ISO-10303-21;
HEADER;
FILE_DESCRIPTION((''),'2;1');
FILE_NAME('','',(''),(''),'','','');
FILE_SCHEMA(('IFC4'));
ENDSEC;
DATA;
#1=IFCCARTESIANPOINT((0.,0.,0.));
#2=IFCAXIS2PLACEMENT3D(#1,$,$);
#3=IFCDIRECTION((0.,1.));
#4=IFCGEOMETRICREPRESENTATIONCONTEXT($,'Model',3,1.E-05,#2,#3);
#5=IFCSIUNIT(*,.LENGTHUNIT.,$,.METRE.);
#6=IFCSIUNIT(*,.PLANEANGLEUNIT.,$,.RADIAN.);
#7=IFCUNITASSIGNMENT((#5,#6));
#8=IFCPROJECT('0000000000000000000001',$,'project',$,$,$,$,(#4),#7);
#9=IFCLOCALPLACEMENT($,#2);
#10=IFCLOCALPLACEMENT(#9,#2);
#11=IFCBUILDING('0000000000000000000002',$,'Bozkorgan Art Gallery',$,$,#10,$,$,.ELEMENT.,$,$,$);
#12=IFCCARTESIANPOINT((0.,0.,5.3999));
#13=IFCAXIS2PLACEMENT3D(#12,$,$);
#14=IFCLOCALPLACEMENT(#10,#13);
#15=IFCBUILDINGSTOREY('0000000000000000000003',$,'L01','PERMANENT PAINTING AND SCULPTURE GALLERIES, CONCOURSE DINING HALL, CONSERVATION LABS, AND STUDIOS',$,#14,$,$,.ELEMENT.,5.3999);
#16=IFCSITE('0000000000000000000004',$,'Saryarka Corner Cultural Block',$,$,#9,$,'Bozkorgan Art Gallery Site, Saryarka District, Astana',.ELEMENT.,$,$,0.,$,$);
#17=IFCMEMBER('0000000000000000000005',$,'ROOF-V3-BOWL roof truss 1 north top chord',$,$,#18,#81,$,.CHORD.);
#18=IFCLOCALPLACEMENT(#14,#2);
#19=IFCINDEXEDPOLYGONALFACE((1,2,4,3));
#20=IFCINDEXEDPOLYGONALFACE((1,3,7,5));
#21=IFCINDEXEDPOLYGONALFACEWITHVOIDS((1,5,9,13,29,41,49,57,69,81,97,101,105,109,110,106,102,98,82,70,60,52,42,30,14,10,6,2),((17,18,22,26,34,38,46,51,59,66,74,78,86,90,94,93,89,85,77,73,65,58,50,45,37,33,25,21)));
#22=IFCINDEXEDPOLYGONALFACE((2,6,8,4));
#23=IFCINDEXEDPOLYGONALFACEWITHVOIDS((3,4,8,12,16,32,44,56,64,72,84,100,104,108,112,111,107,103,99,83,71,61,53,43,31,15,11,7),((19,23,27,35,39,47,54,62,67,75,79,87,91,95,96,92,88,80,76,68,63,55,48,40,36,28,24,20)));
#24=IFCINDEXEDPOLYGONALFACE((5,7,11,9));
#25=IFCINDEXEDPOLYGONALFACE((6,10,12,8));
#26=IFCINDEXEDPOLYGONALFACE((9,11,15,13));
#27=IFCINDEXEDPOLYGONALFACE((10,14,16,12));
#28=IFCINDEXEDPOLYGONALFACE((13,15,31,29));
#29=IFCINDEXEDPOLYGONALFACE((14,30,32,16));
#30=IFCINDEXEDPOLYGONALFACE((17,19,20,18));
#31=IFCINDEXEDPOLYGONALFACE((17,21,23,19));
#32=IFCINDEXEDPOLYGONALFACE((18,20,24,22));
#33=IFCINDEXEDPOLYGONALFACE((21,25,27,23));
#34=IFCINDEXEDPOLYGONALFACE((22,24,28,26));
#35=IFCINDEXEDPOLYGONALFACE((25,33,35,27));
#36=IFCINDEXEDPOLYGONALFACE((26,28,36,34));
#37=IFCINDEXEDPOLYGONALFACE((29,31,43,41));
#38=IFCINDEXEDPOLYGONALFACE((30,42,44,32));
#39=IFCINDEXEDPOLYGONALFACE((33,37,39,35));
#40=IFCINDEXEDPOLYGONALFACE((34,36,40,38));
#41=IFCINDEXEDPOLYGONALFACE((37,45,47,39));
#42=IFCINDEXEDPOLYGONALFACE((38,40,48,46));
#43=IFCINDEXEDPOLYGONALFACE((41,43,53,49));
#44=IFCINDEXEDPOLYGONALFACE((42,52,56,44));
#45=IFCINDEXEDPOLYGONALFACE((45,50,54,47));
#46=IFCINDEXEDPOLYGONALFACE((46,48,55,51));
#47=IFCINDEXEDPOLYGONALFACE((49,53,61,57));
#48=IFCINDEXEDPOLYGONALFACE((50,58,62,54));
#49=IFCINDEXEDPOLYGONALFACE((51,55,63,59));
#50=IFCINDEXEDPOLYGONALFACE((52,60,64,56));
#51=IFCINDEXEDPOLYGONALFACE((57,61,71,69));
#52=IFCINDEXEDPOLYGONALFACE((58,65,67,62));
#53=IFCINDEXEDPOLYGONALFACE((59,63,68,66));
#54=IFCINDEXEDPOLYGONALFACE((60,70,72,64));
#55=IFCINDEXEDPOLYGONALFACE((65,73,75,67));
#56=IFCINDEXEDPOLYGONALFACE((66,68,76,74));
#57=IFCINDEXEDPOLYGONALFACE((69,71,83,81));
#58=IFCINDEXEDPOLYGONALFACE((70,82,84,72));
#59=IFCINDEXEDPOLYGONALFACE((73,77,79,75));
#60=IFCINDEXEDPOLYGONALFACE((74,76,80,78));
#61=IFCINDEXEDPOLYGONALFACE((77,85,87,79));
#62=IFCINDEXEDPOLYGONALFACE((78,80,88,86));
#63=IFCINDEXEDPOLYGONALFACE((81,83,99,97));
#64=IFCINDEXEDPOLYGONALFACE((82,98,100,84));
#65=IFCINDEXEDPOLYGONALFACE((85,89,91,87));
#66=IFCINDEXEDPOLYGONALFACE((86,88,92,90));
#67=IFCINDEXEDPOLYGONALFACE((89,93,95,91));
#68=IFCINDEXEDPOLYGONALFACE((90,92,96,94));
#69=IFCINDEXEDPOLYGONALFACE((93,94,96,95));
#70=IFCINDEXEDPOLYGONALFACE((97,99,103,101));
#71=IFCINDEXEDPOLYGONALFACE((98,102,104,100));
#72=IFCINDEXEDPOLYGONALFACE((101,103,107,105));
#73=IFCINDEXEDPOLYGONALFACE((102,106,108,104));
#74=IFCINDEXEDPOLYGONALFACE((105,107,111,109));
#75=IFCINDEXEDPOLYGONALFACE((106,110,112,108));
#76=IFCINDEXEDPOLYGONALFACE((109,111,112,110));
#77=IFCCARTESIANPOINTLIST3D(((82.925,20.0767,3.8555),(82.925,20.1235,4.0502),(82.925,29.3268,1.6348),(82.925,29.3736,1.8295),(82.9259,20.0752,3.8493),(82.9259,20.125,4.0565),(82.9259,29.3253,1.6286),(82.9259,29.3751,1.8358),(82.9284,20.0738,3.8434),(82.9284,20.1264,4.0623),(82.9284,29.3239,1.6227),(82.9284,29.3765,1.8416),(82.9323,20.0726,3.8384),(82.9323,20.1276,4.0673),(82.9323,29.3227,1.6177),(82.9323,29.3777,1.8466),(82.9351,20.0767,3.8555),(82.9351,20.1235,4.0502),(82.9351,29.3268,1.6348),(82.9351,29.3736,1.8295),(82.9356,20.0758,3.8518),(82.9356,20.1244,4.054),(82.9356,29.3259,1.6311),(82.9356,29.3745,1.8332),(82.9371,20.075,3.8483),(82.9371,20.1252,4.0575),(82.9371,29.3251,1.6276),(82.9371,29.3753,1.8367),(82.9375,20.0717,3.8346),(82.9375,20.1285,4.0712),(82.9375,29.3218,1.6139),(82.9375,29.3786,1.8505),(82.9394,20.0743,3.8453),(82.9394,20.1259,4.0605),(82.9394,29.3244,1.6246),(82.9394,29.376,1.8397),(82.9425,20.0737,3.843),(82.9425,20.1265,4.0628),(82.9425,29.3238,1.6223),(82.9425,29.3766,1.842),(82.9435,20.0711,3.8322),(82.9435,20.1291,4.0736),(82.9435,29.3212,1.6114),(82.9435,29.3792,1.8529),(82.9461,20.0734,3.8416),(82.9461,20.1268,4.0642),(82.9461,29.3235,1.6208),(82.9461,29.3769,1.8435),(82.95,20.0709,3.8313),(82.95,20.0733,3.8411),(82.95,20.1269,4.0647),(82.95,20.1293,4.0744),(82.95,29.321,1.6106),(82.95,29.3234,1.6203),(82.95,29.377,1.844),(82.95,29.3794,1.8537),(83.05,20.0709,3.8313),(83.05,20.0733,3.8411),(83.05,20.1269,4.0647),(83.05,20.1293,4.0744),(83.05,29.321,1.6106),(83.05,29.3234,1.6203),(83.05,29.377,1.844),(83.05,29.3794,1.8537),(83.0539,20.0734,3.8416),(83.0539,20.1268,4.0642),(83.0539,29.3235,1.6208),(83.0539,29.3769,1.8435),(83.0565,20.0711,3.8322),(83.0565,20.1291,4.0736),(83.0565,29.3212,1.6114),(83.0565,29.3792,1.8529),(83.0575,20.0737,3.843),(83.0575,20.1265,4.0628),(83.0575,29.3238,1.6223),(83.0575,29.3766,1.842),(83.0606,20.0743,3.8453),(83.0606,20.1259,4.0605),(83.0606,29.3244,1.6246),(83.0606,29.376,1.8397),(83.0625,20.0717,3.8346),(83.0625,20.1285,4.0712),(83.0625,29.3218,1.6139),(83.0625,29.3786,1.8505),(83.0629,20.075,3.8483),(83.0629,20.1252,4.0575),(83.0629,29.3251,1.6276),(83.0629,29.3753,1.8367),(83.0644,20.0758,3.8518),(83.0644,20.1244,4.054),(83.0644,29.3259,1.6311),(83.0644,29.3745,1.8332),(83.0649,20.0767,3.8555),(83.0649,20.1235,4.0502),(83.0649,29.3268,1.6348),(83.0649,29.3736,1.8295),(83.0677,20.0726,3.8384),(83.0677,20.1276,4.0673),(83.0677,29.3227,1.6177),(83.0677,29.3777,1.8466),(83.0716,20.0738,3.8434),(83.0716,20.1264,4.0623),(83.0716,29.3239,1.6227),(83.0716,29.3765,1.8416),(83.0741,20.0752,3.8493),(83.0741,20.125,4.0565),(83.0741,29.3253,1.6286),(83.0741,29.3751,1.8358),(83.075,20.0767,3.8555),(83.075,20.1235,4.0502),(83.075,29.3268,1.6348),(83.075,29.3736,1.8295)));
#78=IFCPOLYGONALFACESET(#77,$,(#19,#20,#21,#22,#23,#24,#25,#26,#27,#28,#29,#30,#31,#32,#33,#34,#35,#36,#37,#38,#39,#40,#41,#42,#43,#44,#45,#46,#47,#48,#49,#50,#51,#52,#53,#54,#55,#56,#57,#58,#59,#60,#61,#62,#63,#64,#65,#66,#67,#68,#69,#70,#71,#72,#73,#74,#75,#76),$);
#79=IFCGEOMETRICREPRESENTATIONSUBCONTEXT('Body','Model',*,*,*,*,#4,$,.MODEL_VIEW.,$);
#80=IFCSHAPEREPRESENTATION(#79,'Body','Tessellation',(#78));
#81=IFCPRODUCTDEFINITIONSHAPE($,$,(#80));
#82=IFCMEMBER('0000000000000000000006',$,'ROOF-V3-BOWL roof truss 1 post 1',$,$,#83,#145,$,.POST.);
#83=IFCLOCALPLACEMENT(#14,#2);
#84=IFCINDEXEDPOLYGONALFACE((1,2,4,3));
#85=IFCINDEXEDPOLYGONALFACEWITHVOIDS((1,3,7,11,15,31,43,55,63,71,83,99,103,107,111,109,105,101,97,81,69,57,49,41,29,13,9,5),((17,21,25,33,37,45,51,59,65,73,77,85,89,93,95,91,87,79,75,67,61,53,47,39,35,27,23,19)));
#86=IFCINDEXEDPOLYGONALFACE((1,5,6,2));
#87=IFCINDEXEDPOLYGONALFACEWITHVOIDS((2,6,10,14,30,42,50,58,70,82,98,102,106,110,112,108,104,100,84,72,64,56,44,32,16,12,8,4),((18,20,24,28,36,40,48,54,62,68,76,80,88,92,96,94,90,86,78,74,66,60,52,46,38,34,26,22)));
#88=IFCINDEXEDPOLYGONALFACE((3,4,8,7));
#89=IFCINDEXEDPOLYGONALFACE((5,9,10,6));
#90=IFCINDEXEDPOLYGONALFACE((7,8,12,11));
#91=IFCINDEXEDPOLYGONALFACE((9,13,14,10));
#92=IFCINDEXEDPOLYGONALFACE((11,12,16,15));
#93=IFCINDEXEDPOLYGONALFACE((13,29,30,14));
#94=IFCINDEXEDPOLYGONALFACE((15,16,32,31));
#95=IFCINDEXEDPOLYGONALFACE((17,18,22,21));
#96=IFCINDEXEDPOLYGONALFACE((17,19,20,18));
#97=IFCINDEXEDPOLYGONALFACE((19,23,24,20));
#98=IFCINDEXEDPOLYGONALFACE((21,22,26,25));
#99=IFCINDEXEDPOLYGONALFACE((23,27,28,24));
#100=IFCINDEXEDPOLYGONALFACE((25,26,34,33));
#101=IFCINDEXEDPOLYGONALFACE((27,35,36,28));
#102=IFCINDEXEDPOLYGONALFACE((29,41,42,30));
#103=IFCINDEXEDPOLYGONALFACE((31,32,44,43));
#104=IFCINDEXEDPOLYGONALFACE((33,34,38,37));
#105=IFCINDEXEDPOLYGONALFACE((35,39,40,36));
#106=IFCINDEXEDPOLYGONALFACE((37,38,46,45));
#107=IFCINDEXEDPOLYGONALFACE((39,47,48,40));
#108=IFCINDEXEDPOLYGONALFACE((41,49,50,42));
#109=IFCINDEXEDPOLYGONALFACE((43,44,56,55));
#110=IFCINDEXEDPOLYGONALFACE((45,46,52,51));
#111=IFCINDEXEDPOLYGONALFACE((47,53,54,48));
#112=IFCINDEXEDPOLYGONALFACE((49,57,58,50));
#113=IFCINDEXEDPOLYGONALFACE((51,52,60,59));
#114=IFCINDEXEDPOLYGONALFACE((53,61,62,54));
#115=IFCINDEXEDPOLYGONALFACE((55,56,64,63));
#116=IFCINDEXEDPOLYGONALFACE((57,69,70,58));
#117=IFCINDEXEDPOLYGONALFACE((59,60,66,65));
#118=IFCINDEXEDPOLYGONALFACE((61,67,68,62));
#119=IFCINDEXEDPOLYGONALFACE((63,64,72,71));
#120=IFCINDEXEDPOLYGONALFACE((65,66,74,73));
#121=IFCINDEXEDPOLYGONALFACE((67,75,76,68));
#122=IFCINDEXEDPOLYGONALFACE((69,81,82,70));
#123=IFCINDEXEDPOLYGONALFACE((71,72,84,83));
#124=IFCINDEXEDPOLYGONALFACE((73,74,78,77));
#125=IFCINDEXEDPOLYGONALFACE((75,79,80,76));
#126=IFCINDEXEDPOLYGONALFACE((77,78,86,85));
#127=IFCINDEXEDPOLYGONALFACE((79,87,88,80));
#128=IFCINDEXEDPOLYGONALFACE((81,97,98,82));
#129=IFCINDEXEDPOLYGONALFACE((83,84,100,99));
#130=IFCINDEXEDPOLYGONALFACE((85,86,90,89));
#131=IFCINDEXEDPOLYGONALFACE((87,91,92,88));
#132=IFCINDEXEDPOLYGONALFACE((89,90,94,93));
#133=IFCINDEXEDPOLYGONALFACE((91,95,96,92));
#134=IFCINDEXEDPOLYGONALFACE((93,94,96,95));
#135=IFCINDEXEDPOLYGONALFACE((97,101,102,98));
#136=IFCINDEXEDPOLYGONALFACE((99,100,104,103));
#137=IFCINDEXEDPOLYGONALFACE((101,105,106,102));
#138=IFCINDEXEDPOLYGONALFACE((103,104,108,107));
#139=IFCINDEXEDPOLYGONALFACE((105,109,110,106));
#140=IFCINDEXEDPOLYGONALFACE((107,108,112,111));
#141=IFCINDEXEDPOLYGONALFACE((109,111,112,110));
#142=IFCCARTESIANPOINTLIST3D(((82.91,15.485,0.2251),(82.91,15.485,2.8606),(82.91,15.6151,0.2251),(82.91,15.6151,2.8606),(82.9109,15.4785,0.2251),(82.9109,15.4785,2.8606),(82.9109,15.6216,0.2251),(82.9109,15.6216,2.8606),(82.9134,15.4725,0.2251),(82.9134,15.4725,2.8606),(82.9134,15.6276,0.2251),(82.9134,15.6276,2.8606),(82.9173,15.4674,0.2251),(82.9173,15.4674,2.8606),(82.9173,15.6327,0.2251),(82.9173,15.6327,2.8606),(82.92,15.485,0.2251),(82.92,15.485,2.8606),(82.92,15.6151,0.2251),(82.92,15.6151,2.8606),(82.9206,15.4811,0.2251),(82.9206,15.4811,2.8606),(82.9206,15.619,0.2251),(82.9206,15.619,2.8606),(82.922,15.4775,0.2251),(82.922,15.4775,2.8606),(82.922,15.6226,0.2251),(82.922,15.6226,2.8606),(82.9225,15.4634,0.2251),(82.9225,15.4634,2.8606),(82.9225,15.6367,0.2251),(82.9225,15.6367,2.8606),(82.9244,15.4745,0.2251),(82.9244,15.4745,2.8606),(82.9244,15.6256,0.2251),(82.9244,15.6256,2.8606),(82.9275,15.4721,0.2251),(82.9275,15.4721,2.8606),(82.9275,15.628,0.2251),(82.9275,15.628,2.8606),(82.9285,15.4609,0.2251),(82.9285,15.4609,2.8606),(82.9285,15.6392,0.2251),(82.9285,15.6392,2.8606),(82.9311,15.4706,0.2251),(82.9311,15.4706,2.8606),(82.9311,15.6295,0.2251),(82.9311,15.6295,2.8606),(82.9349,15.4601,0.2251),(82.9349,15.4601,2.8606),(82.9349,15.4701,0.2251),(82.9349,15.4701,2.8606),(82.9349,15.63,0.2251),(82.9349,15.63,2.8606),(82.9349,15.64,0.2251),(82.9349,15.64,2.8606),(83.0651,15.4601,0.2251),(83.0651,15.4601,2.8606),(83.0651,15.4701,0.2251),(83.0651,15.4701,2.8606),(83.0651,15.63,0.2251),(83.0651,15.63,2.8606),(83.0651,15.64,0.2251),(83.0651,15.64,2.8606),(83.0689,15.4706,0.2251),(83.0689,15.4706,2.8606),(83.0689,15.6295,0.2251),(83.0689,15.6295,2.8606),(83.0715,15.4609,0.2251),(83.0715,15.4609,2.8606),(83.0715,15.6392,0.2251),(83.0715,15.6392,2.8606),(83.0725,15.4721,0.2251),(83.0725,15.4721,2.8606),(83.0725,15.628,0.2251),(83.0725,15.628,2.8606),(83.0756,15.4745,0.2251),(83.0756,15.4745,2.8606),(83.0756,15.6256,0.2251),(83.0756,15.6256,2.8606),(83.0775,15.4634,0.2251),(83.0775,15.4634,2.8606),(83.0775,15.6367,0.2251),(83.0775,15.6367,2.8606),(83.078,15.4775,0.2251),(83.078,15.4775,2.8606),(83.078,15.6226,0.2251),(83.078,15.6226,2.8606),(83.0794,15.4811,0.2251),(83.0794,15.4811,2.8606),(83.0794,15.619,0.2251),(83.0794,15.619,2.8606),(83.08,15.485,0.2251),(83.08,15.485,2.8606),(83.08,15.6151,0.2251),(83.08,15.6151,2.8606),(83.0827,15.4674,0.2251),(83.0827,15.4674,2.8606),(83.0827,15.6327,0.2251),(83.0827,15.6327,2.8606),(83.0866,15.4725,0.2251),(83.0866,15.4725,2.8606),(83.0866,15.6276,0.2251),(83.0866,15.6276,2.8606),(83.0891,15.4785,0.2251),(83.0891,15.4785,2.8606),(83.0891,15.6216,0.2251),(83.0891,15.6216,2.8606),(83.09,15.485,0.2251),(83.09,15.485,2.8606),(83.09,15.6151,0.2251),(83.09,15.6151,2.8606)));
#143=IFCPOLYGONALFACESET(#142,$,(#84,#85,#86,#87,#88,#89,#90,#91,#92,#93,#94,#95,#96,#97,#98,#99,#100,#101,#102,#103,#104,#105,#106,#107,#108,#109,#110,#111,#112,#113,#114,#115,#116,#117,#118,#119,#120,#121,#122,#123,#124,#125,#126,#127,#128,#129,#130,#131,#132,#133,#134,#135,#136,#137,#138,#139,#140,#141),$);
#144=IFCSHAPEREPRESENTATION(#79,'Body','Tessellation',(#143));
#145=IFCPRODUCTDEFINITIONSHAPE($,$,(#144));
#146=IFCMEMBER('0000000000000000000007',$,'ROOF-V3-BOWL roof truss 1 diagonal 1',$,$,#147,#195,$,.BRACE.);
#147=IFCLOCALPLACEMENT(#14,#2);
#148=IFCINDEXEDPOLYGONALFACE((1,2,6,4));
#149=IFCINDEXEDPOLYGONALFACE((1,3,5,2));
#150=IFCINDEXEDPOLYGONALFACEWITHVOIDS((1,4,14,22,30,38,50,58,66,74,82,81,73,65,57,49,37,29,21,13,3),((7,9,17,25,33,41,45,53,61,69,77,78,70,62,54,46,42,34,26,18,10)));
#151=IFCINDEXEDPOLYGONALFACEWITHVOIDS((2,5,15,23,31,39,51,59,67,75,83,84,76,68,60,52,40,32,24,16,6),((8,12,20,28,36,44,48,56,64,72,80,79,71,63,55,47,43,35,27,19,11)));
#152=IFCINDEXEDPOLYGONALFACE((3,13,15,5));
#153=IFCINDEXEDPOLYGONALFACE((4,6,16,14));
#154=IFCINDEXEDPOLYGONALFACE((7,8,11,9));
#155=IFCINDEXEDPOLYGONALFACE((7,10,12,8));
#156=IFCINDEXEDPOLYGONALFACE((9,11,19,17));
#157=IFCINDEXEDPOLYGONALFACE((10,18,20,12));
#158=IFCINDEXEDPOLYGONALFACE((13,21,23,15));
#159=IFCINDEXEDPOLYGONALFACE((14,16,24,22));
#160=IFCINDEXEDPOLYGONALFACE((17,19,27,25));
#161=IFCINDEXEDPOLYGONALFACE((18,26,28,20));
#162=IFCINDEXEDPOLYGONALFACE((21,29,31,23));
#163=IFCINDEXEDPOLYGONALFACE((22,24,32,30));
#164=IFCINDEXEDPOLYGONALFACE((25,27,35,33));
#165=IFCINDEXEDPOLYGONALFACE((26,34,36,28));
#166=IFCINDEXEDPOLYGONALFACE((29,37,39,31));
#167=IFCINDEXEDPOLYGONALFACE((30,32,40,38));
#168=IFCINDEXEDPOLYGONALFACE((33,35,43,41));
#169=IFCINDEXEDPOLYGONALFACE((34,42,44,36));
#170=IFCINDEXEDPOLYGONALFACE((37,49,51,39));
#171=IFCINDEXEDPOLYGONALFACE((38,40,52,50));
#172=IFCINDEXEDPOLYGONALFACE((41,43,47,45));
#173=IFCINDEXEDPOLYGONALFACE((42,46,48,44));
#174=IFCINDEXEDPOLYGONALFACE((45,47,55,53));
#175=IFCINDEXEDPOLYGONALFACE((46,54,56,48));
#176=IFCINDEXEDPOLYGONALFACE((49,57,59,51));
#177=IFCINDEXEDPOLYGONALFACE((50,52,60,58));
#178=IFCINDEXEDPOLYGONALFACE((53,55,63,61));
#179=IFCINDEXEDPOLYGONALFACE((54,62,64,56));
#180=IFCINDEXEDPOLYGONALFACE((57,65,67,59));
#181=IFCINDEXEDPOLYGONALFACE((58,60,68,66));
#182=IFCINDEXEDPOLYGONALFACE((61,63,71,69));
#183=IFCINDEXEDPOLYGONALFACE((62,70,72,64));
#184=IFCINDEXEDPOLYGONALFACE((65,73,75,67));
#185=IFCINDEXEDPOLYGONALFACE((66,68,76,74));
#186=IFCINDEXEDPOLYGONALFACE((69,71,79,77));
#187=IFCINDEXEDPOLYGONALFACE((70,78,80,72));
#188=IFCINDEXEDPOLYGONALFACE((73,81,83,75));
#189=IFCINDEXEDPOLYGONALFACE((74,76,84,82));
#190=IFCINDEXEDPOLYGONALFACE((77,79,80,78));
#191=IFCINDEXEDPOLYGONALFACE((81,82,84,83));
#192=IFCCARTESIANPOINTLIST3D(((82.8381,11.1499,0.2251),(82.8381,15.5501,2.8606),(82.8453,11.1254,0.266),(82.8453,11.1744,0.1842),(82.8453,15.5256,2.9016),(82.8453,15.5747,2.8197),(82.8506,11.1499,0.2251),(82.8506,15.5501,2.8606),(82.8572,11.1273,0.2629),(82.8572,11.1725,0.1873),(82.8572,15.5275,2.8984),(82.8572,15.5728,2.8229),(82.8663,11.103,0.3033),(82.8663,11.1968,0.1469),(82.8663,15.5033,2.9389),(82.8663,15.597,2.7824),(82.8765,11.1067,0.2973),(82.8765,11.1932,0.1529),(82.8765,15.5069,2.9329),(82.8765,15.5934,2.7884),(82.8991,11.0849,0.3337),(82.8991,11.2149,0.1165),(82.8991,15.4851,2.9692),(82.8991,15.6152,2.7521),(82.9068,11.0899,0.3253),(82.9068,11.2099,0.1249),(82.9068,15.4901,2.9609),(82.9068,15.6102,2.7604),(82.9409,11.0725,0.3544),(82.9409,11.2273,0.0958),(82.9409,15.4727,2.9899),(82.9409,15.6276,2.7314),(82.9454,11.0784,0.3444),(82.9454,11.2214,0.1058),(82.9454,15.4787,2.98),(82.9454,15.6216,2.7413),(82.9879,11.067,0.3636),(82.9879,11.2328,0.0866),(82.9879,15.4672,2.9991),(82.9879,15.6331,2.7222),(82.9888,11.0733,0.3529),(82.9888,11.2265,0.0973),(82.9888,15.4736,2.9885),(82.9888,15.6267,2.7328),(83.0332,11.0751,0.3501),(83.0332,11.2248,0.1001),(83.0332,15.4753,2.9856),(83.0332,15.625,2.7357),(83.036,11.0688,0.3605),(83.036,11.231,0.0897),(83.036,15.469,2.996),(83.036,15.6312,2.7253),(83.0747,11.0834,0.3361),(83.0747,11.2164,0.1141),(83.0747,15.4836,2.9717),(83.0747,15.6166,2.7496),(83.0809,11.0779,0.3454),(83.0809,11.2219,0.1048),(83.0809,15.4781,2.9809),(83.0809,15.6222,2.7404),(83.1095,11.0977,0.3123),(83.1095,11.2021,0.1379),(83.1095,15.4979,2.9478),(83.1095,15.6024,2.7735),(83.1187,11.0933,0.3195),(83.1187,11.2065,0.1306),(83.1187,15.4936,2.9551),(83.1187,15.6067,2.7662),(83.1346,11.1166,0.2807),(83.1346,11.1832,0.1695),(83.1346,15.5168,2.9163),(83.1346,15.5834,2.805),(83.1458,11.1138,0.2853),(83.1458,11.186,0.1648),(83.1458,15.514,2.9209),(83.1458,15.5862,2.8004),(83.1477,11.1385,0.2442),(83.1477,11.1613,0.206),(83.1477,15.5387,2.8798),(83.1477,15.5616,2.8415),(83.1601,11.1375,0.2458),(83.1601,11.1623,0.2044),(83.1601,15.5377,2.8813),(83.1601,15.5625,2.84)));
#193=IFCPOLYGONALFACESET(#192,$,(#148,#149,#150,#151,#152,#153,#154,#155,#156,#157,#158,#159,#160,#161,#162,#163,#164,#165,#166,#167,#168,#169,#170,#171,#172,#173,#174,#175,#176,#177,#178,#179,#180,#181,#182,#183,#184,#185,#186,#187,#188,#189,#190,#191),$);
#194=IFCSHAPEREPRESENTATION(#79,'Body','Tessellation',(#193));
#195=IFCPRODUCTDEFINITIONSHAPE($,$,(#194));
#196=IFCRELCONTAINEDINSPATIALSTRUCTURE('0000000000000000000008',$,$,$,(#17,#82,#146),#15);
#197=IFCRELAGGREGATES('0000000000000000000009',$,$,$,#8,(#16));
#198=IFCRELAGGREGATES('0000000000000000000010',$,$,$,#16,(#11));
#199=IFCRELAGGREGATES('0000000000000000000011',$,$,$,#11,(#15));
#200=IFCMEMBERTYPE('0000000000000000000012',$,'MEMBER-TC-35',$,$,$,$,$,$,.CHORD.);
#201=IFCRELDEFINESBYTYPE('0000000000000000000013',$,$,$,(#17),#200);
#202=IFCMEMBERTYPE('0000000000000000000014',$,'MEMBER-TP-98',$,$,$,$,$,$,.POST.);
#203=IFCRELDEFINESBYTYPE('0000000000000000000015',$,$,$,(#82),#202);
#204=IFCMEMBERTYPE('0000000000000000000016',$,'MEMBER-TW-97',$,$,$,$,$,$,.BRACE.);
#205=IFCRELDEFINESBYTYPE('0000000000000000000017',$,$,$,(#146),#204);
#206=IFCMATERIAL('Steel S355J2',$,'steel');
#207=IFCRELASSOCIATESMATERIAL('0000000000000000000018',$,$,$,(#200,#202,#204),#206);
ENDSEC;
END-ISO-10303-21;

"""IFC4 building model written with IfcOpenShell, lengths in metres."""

from ifc_helpers import new_model, si_unit, direction, frame, origin, origin_2d, place, context, subcontext, project, spatial, hollow_rectangle, hollow_circle, extrude, material, material_profile, profile_set, type_object, element, save


model = new_model("IFC4")

# Units and contexts
model_context = context("Model", 3, precision=1e-05, world=origin(), true_north=direction((0.0, 1.0)))
body_context = subcontext(model_context, "Body", "Model", "MODEL_VIEW")
ifc_project = project(units=[si_unit("LENGTHUNIT", "METRE"), si_unit("PLANEANGLEUNIT", "RADIAN")], contexts=[model_context])

# Site, building, storey
site_placement = place(None, origin())
site = spatial("IfcSite", under=ifc_project, at=site_placement, Name="Saryarka Corner Cultural Block", LongName="Bozkorgan Art Gallery Site, Saryarka District, Astana", CompositionType="ELEMENT", RefElevation=0.0)
building_placement = place(site_placement, origin())
building = spatial("IfcBuilding", under=site, at=building_placement, Name="Bozkorgan Art Gallery", CompositionType="ELEMENT")
storey_placement = place(building_placement, frame((0.0, 0.0, 5.3999)))
storey = spatial("IfcBuildingStorey", under=building, at=storey_placement, Name="L01", Description="PERMANENT PAINTING AND SCULPTURE GALLERIES, CONCOURSE DINING HALL, CONSERVATION LABS, AND STUDIOS", CompositionType="ELEMENT", Elevation=5.3999)

# Shared definitions
ifc_material_1 = material(Name="Steel S355J2", Category="steel")

# Members
ifc_material_profile_1 = material_profile(ifc_material_1, hollow_rectangle(XDim=0.1499, YDim=0.25, WallThickness=0.01, InnerFilletRadius=0.0149, OuterFilletRadius=0.0249, at=origin_2d()), Name="RHS 250x150x10")
ifc_profile_set_1 = profile_set([ifc_material_profile_1], Name="Steel S355J2")
member_type_1 = type_object("IfcMemberType", Name="MEMBER-TC-35", PredefinedType="CHORD", material=ifc_profile_set_1)
member_1_placement = place(storey_placement, frame((83.0, 20.1001, 3.9529), z_axis=(0.0, 0.972371, -0.233443), x_axis=(-1.0, 0.0, 0.0)))
element("IfcMember", 1, at=member_1_placement, inside=storey, type_object=member_type_1, Name="ROOF-V3-BOWL roof truss 1 north top chord", PredefinedType="CHORD", context=body_context, shape_type="SweptSolid", body=[
    extrude(hollow_rectangle(XDim=0.1499, YDim=0.25, WallThickness=0.01, InnerFilletRadius=0.0149, OuterFilletRadius=0.0249, at=origin_2d()), origin(), (0.0, 0.0, 1.0), 9.5129),
])
ifc_material_profile_2 = material_profile(ifc_material_1, hollow_rectangle(XDim=0.1799, YDim=0.1799, WallThickness=0.01, InnerFilletRadius=0.0149, OuterFilletRadius=0.0249, at=origin_2d()), Name="SHS 180x180x10")
ifc_profile_set_2 = profile_set([ifc_material_profile_2], Name="Steel S355J2")
member_type_2 = type_object("IfcMemberType", Name="MEMBER-TP-98", PredefinedType="POST", material=ifc_profile_set_2)
member_2_placement = place(storey_placement, frame((83.0, 15.55, 0.2251), z_axis=(0.0, 0.0, 1.0), x_axis=(1.0, 0.0, 0.0)))
element("IfcMember", 2, at=member_2_placement, inside=storey, type_object=member_type_2, Name="ROOF-V3-BOWL roof truss 1 post 1", PredefinedType="POST", context=body_context, shape_type="SweptSolid", body=[
    extrude(hollow_rectangle(XDim=0.1799, YDim=0.1799, WallThickness=0.01, InnerFilletRadius=0.0149, OuterFilletRadius=0.0249, at=origin_2d()), origin(), (0.0, 0.0, 1.0), 2.6355),
])
ifc_material_profile_3 = material_profile(ifc_material_1, hollow_circle(Radius=0.1619, WallThickness=0.0125, at=origin_2d()), Name="CHS 323.9x12.5")
ifc_profile_set_3 = profile_set([ifc_material_profile_3], Name="Steel S355J2")
member_type_3 = type_object("IfcMemberType", Name="MEMBER-TW-97", PredefinedType="BRACE", material=ifc_profile_set_3)
member_3_placement = place(storey_placement, frame((83.0, 11.1499, 0.2251), z_axis=(0.0, 0.857887, 0.513838), x_axis=(-1.0, 0.0, 0.0)))
element("IfcMember", 3, at=member_3_placement, inside=storey, type_object=member_type_3, Name="ROOF-V3-BOWL roof truss 1 diagonal 1", PredefinedType="BRACE", context=body_context, shape_type="SweptSolid", body=[
    extrude(hollow_circle(Radius=0.1619, WallThickness=0.0125, at=origin_2d()), origin(), (0.0, 0.0, 1.0), 5.1292),
])

save(model, "model.ifc")
